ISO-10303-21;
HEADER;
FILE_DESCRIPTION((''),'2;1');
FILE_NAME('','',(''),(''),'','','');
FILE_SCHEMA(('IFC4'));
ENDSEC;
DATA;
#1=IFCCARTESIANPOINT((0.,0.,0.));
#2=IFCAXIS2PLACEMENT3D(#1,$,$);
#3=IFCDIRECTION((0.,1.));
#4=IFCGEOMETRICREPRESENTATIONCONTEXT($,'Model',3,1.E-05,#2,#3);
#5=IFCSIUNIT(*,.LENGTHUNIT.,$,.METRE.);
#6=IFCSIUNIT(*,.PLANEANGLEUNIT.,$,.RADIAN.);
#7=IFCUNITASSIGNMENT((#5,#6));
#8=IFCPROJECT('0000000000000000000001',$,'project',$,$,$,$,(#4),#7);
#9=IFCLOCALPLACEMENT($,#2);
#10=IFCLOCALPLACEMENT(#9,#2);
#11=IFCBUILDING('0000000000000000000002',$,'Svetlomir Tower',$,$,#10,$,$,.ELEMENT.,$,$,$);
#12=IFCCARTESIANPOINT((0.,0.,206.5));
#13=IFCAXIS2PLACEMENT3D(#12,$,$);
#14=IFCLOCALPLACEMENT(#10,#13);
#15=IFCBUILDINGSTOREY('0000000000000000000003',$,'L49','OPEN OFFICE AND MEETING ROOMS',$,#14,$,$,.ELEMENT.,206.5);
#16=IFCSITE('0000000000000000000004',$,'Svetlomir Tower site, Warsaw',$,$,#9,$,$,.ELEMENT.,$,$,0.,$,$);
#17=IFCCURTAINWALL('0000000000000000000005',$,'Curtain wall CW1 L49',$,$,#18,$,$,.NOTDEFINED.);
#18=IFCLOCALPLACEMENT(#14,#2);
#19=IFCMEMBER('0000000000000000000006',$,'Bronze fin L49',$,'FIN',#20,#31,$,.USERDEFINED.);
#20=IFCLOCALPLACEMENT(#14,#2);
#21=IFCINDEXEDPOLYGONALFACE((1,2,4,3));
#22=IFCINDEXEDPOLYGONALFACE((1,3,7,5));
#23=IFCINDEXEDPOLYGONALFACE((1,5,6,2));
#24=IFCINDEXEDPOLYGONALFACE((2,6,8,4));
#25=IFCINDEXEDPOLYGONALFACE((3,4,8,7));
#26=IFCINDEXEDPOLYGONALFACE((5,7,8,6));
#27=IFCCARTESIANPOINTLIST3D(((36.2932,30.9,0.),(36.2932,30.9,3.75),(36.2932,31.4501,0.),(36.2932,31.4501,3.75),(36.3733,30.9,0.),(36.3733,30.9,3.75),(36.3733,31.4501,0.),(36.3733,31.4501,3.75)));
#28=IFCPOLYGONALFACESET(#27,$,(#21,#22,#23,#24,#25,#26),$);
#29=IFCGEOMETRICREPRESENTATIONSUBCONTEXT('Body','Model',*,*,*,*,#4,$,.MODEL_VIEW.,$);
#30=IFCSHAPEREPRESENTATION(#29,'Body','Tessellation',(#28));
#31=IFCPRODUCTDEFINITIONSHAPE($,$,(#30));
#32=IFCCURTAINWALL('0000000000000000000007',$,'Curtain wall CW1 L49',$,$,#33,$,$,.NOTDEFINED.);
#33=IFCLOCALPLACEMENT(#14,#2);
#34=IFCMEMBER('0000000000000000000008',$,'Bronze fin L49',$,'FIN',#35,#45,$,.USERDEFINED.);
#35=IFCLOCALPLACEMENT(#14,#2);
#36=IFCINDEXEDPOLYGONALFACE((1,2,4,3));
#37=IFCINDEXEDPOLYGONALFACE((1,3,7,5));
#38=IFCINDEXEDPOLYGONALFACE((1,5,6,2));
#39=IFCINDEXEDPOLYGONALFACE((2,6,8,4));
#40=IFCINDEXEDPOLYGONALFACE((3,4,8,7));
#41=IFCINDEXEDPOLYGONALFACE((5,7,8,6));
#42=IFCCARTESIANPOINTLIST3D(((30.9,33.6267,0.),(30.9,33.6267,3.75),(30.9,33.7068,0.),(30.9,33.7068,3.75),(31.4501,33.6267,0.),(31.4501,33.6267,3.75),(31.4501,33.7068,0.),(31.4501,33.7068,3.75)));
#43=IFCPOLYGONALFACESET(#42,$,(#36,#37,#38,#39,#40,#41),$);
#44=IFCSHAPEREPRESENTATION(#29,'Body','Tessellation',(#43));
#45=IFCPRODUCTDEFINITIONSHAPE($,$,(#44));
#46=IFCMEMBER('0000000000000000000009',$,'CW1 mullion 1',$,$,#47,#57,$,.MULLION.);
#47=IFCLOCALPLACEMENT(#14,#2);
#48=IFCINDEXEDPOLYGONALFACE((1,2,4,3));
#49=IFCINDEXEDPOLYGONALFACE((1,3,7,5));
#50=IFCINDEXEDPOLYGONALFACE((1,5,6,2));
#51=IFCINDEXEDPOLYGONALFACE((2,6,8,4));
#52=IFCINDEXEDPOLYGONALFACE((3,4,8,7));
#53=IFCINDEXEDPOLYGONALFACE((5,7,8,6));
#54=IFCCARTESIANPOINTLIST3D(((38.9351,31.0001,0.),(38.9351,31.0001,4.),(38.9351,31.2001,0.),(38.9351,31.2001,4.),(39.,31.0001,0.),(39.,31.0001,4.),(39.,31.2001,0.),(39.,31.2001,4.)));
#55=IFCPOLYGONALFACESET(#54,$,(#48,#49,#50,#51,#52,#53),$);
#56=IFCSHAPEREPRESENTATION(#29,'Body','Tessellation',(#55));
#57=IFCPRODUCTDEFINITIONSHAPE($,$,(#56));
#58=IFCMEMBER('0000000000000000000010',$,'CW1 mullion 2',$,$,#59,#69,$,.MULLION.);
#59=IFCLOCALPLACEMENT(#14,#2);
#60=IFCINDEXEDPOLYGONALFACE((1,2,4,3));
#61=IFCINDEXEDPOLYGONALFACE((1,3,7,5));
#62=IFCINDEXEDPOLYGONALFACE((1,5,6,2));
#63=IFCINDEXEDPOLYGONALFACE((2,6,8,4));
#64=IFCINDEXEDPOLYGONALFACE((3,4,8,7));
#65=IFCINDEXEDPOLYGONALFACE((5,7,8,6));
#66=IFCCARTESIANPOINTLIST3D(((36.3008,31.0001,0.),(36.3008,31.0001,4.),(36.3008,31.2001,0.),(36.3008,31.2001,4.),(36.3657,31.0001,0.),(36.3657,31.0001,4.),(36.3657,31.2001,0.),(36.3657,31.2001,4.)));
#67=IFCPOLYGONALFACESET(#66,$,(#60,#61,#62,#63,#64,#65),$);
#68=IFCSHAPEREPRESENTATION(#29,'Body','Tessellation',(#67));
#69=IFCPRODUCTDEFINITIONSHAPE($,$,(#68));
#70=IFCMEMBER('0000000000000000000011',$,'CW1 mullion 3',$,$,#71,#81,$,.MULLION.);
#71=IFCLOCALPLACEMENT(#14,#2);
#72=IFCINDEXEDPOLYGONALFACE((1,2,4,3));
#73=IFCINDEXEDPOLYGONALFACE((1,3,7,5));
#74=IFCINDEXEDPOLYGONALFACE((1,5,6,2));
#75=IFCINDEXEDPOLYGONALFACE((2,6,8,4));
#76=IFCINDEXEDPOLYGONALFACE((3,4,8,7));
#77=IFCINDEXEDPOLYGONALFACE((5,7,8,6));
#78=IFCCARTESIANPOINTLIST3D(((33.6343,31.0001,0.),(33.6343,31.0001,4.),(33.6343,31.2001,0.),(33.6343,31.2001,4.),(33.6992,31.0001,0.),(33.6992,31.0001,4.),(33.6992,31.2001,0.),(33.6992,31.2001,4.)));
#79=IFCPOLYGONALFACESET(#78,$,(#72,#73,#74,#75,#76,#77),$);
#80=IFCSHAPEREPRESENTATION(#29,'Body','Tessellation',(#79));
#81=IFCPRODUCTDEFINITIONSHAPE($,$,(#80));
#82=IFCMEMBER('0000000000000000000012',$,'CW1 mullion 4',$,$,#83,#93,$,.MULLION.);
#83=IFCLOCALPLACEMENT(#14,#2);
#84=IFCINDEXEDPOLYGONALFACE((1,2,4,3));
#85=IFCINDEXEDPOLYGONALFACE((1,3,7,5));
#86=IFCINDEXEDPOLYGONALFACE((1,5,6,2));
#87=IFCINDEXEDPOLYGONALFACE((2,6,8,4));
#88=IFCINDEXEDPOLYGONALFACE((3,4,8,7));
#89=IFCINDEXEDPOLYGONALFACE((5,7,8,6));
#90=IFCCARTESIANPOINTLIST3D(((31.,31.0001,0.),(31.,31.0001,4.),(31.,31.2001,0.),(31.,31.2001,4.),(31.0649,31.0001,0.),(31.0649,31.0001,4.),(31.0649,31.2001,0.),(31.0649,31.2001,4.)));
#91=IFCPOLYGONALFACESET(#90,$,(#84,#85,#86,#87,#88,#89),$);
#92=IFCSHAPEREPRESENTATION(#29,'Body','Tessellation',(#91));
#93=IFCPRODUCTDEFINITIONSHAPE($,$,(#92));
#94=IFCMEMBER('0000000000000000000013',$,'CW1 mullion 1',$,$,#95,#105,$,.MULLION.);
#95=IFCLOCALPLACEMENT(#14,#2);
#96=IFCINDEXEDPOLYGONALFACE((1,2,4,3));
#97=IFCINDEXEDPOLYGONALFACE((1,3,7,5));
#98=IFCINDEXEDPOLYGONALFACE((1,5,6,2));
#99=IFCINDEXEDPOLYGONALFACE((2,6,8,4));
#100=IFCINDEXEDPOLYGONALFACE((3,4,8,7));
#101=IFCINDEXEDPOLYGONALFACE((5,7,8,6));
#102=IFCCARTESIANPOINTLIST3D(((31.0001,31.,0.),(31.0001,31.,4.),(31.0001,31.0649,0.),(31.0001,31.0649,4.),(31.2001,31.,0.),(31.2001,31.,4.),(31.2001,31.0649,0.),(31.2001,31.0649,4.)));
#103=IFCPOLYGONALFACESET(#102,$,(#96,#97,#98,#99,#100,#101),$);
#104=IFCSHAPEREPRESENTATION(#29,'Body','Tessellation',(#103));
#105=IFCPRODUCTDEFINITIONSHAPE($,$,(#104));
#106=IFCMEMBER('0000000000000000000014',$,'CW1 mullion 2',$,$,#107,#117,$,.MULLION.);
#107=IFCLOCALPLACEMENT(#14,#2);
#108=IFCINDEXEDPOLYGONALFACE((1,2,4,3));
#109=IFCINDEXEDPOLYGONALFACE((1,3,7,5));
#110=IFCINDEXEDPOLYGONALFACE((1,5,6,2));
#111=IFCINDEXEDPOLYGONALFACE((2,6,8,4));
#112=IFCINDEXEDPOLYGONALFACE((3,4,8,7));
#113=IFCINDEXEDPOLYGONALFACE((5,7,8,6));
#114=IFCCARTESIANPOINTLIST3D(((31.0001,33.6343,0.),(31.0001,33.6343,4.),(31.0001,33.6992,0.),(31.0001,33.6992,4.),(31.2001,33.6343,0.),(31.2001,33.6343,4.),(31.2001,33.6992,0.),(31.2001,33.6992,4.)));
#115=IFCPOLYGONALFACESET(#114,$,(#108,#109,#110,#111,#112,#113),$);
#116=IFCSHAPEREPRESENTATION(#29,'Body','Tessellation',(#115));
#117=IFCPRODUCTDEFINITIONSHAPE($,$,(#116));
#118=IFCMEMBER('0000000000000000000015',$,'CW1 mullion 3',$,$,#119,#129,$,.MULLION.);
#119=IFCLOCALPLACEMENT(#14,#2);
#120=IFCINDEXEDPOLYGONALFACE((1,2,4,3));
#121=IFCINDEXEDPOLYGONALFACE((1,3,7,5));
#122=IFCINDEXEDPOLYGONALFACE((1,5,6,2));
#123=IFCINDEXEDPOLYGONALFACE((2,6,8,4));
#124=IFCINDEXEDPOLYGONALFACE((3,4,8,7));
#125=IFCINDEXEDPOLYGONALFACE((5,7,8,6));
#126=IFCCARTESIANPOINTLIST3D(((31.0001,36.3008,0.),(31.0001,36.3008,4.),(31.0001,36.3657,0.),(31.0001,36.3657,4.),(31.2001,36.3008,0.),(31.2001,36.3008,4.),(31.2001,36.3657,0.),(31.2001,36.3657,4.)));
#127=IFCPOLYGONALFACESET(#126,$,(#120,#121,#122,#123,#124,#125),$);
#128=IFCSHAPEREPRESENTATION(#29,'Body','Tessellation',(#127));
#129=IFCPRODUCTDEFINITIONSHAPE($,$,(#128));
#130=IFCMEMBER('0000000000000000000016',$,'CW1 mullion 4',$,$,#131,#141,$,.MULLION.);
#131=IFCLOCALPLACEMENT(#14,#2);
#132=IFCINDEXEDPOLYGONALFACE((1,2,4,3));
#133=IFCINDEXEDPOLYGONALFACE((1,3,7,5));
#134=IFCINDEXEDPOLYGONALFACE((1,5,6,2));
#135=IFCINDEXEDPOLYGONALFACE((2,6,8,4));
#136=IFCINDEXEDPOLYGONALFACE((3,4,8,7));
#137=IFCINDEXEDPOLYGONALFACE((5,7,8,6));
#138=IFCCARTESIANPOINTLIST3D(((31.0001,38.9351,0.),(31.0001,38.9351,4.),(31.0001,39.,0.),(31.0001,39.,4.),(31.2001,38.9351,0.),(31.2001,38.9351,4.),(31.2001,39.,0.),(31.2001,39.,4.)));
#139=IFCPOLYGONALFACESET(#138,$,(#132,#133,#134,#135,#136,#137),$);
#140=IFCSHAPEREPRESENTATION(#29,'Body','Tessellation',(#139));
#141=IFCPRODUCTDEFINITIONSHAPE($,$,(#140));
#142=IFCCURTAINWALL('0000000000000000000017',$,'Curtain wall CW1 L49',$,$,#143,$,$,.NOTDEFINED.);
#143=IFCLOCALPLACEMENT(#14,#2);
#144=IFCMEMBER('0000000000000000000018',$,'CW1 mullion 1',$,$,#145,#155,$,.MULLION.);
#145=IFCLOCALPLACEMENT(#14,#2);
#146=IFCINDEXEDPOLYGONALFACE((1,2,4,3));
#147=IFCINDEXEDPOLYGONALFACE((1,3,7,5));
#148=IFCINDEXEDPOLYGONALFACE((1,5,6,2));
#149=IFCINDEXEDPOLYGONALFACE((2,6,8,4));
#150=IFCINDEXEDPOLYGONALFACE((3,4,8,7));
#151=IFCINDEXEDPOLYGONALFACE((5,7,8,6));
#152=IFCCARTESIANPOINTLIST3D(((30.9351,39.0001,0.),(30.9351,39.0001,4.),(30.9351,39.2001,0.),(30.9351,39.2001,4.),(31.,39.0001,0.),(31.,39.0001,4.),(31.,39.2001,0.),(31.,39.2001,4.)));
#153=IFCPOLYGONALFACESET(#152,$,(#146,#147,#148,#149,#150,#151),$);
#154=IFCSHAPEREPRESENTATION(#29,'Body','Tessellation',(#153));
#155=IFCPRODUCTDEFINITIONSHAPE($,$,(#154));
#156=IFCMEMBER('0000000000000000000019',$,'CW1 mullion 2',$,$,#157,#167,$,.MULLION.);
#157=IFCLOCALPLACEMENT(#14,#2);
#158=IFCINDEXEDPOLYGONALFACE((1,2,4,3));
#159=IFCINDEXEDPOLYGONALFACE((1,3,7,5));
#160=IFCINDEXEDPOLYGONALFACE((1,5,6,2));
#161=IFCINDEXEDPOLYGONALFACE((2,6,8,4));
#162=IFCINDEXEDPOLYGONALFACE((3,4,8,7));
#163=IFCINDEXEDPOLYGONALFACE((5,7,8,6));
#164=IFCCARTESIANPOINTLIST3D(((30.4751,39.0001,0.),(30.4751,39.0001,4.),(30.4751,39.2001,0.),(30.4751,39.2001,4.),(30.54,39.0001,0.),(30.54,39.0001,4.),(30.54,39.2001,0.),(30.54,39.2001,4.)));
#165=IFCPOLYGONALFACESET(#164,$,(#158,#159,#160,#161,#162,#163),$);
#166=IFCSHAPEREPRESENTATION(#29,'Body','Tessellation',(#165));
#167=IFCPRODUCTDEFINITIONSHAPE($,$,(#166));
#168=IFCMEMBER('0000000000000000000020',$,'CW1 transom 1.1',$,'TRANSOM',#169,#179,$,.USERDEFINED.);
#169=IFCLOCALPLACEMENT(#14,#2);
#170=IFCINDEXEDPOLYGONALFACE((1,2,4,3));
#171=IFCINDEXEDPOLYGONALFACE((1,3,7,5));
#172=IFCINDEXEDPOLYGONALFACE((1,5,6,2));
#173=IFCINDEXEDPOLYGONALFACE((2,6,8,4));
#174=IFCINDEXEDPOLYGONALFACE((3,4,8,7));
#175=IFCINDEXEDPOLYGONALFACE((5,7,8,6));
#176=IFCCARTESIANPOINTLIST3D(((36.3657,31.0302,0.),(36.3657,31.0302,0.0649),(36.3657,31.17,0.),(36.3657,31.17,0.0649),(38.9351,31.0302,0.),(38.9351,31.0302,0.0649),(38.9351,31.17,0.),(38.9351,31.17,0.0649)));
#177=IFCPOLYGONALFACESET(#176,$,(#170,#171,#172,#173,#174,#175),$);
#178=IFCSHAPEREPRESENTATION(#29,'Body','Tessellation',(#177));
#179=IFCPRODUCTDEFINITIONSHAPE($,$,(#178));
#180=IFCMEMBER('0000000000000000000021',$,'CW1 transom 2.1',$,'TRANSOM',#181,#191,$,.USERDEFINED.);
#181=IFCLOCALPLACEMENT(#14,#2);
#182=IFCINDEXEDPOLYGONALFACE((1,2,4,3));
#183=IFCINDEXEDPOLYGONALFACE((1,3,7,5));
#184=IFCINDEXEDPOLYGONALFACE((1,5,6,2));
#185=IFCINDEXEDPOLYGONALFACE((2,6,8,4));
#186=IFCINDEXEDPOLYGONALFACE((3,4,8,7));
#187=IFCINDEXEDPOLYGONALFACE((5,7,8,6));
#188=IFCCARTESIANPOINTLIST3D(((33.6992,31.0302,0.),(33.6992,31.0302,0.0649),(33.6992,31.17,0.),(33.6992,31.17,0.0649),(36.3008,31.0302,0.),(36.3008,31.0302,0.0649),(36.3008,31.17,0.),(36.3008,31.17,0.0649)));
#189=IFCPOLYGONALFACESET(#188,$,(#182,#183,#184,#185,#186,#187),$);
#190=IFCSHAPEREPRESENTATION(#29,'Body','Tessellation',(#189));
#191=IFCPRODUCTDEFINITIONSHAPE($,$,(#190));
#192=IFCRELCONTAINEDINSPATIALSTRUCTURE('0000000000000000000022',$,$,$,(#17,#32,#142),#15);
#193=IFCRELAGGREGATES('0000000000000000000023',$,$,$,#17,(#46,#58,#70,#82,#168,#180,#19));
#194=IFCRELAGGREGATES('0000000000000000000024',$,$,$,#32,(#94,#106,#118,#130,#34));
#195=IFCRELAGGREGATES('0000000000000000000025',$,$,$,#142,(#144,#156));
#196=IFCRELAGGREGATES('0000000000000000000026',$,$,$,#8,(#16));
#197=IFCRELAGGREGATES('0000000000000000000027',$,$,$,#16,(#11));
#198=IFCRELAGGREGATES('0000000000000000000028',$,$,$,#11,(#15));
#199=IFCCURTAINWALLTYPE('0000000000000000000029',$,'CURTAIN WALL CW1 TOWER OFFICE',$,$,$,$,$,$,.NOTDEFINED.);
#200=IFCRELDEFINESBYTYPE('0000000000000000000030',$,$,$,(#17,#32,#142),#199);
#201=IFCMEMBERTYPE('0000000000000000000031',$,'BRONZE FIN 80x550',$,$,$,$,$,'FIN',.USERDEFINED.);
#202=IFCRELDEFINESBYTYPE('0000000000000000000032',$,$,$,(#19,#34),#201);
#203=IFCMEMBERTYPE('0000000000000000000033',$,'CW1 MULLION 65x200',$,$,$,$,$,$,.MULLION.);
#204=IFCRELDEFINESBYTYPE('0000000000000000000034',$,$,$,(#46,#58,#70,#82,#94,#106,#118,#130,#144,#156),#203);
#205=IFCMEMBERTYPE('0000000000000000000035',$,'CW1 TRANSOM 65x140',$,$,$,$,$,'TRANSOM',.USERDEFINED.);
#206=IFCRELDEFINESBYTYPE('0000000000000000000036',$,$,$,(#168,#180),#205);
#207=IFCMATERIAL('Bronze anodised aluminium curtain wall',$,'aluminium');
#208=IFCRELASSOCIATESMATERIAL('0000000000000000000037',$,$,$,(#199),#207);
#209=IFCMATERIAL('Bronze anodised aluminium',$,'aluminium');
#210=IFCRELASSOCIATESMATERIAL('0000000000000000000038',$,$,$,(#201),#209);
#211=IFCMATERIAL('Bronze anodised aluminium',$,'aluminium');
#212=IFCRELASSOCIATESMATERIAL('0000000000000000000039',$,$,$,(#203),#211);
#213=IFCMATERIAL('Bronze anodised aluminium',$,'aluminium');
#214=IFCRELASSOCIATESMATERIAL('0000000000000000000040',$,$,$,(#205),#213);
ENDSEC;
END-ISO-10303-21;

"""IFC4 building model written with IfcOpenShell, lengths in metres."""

from ifc_helpers import new_model, si_unit, direction, frame, origin, origin_2d, place, context, subcontext, project, spatial, rectangle, extrude, material, material_profile, profile_set, type_object, element, aggregate, save


model = new_model("IFC4")

# Units and contexts
model_context = context("Model", 3, precision=1e-05, world=origin(), true_north=direction((0.0, 1.0)))
body_context = subcontext(model_context, "Body", "Model", "MODEL_VIEW")
ifc_project = project(units=[si_unit("LENGTHUNIT", "METRE"), si_unit("PLANEANGLEUNIT", "RADIAN")], contexts=[model_context])

# Site, building, storey
site_placement = place(None, origin())
site = spatial("IfcSite", under=ifc_project, at=site_placement, Name="Svetlomir Tower site, Warsaw", CompositionType="ELEMENT", RefElevation=0.0)
building_placement = place(site_placement, origin())
building = spatial("IfcBuilding", under=site, at=building_placement, Name="Svetlomir Tower", CompositionType="ELEMENT")
storey_placement = place(building_placement, frame((0.0, 0.0, 206.5)))
storey = spatial("IfcBuildingStorey", under=building, at=storey_placement, Name="L49", Description="OPEN OFFICE AND MEETING ROOMS", CompositionType="ELEMENT", Elevation=206.5)

# Curtain walls, members
ifc_material_1 = material(Name="Bronze anodised aluminium curtain wall", Category="aluminium")
curtain_wall_type = type_object("IfcCurtainWallType", Name="CURTAIN WALL CW1 TOWER OFFICE", PredefinedType="NOTDEFINED", material=ifc_material_1)
curtain_wall_1_placement = place(storey_placement, origin())
curtain_wall_1 = element("IfcCurtainWall", 1, at=curtain_wall_1_placement, inside=storey, type_object=curtain_wall_type, Name="Curtain wall CW1 L49", PredefinedType="NOTDEFINED")
ifc_material_2 = material(Name="Bronze anodised aluminium", Category="aluminium")
ifc_material_profile_1 = material_profile(ifc_material_2, rectangle(XDim=0.0801, YDim=0.55, at=origin_2d()), Name="FIN 80x550")
ifc_profile_set_1 = profile_set([ifc_material_profile_1], Name="Bronze anodised aluminium 6063-T6")
member_type_1 = type_object("IfcMemberType", Name="BRONZE FIN 80x550", ElementType="FIN", PredefinedType="USERDEFINED", material=ifc_profile_set_1)
member_1_placement = place(storey_placement, frame((36.3333, 31.175, 0.0), z_axis=(0.0, 0.0, 1.0), x_axis=(1.0, 0.0, 0.0)))
member_1 = element("IfcMember", 2, at=member_1_placement, type_object=member_type_1, Name="Bronze fin L49", ObjectType="FIN", PredefinedType="USERDEFINED", context=body_context, shape_type="SweptSolid", body=[
    extrude(rectangle(XDim=0.0801, YDim=0.55, at=origin_2d()), origin(), (0.0, 0.0, 1.0), 3.75),
])
curtain_wall_2_placement = place(storey_placement, origin())
curtain_wall_2 = element("IfcCurtainWall", 3, at=curtain_wall_2_placement, inside=storey, type_object=curtain_wall_type, Name="Curtain wall CW1 L49", PredefinedType="NOTDEFINED")
member_2_placement = place(storey_placement, frame((31.175, 33.6667, 0.0), z_axis=(0.0, 0.0, 1.0), x_axis=(0.0, 1.0, 0.0)))
member_2 = element("IfcMember", 4, at=member_2_placement, type_object=member_type_1, Name="Bronze fin L49", ObjectType="FIN", PredefinedType="USERDEFINED", context=body_context, shape_type="SweptSolid", body=[
    extrude(rectangle(XDim=0.0801, YDim=0.55, at=origin_2d()), origin(), (0.0, 0.0, 1.0), 3.75),
])

# Members
ifc_material_3 = material(Name="Bronze anodised aluminium", Category="aluminium")
ifc_material_profile_2 = material_profile(ifc_material_3, rectangle(XDim=0.0649, YDim=0.2, at=origin_2d()), Name="AL 65x200")
ifc_profile_set_2 = profile_set([ifc_material_profile_2], Name="Bronze anodised aluminium 6063-T6")
member_type_2 = type_object("IfcMemberType", Name="CW1 MULLION 65x200", PredefinedType="MULLION", material=ifc_profile_set_2)
member_3_placement = place(storey_placement, frame((38.9675, 31.1001, 0.0), z_axis=(0.0, 0.0, 1.0), x_axis=(-1.0, 0.0, 0.0)))
member_3 = element("IfcMember", 5, at=member_3_placement, type_object=member_type_2, Name="CW1 mullion 1", PredefinedType="MULLION", context=body_context, shape_type="SweptSolid", body=[
    extrude(rectangle(XDim=0.0649, YDim=0.2, at=origin_2d()), origin(), (0.0, 0.0, 1.0), 4.0),
])
member_4_placement = place(storey_placement, frame((36.3333, 31.1001, 0.0), z_axis=(0.0, 0.0, 1.0), x_axis=(-1.0, 0.0, 0.0)))
member_4 = element("IfcMember", 6, at=member_4_placement, type_object=member_type_2, Name="CW1 mullion 2", PredefinedType="MULLION", context=body_context, shape_type="SweptSolid", body=[
    extrude(rectangle(XDim=0.0649, YDim=0.2, at=origin_2d()), origin(), (0.0, 0.0, 1.0), 4.0),
])
member_5_placement = place(storey_placement, frame((33.6667, 31.1001, 0.0), z_axis=(0.0, 0.0, 1.0), x_axis=(-1.0, 0.0, 0.0)))
member_5 = element("IfcMember", 7, at=member_5_placement, type_object=member_type_2, Name="CW1 mullion 3", PredefinedType="MULLION", context=body_context, shape_type="SweptSolid", body=[
    extrude(rectangle(XDim=0.0649, YDim=0.2, at=origin_2d()), origin(), (0.0, 0.0, 1.0), 4.0),
])
member_6_placement = place(storey_placement, frame((31.0325, 31.1001, 0.0), z_axis=(0.0, 0.0, 1.0), x_axis=(-1.0, 0.0, 0.0)))
member_6 = element("IfcMember", 8, at=member_6_placement, type_object=member_type_2, Name="CW1 mullion 4", PredefinedType="MULLION", context=body_context, shape_type="SweptSolid", body=[
    extrude(rectangle(XDim=0.0649, YDim=0.2, at=origin_2d()), origin(), (0.0, 0.0, 1.0), 4.0),
])
member_7_placement = place(storey_placement, frame((31.1001, 31.0325, 0.0), z_axis=(0.0, 0.0, 1.0), x_axis=(0.0, 1.0, 0.0)))
member_7 = element("IfcMember", 9, at=member_7_placement, type_object=member_type_2, Name="CW1 mullion 1", PredefinedType="MULLION", context=body_context, shape_type="SweptSolid", body=[
    extrude(rectangle(XDim=0.0649, YDim=0.2, at=origin_2d()), origin(), (0.0, 0.0, 1.0), 4.0),
])
member_8_placement = place(storey_placement, frame((31.1001, 33.6667, 0.0), z_axis=(0.0, 0.0, 1.0), x_axis=(0.0, 1.0, 0.0)))
member_8 = element("IfcMember", 10, at=member_8_placement, type_object=member_type_2, Name="CW1 mullion 2", PredefinedType="MULLION", context=body_context, shape_type="SweptSolid", body=[
    extrude(rectangle(XDim=0.0649, YDim=0.2, at=origin_2d()), origin(), (0.0, 0.0, 1.0), 4.0),
])
member_9_placement = place(storey_placement, frame((31.1001, 36.3333, 0.0), z_axis=(0.0, 0.0, 1.0), x_axis=(0.0, 1.0, 0.0)))
member_9 = element("IfcMember", 11, at=member_9_placement, type_object=member_type_2, Name="CW1 mullion 3", PredefinedType="MULLION", context=body_context, shape_type="SweptSolid", body=[
    extrude(rectangle(XDim=0.0649, YDim=0.2, at=origin_2d()), origin(), (0.0, 0.0, 1.0), 4.0),
])
member_10_placement = place(storey_placement, frame((31.1001, 38.9675, 0.0), z_axis=(0.0, 0.0, 1.0), x_axis=(0.0, 1.0, 0.0)))
member_10 = element("IfcMember", 12, at=member_10_placement, type_object=member_type_2, Name="CW1 mullion 4", PredefinedType="MULLION", context=body_context, shape_type="SweptSolid", body=[
    extrude(rectangle(XDim=0.0649, YDim=0.2, at=origin_2d()), origin(), (0.0, 0.0, 1.0), 4.0),
])

# Curtain wall, members
curtain_wall_3_placement = place(storey_placement, origin())
curtain_wall_3 = element("IfcCurtainWall", 13, at=curtain_wall_3_placement, inside=storey, type_object=curtain_wall_type, Name="Curtain wall CW1 L49", PredefinedType="NOTDEFINED")
member_11_placement = place(storey_placement, frame((30.9675, 39.1001, 0.0), z_axis=(0.0, 0.0, 1.0), x_axis=(-1.0, 0.0, 0.0)))
member_11 = element("IfcMember", 14, at=member_11_placement, type_object=member_type_2, Name="CW1 mullion 1", PredefinedType="MULLION", context=body_context, shape_type="SweptSolid", body=[
    extrude(rectangle(XDim=0.0649, YDim=0.2, at=origin_2d()), origin(), (0.0, 0.0, 1.0), 4.0),
])
member_12_placement = place(storey_placement, frame((30.5076, 39.1001, 0.0), z_axis=(0.0, 0.0, 1.0), x_axis=(-1.0, 0.0, 0.0)))
member_12 = element("IfcMember", 15, at=member_12_placement, type_object=member_type_2, Name="CW1 mullion 2", PredefinedType="MULLION", context=body_context, shape_type="SweptSolid", body=[
    extrude(rectangle(XDim=0.0649, YDim=0.2, at=origin_2d()), origin(), (0.0, 0.0, 1.0), 4.0),
])

# Members
ifc_material_4 = material(Name="Bronze anodised aluminium", Category="aluminium")
ifc_material_profile_3 = material_profile(ifc_material_4, rectangle(XDim=0.1399, YDim=0.0649, at=origin_2d()), Name="AL 140x65")
ifc_profile_set_3 = profile_set([ifc_material_profile_3], Name="Bronze anodised aluminium 6063-T6")
member_type_3 = type_object("IfcMemberType", Name="CW1 TRANSOM 65x140", ElementType="TRANSOM", PredefinedType="USERDEFINED", material=ifc_profile_set_3)
member_13_placement = place(storey_placement, frame((38.9351, 31.1001, 0.0325), z_axis=(-1.0, 0.0, 0.0), x_axis=(0.0, -1.0, 0.0)))
member_13 = element("IfcMember", 16, at=member_13_placement, type_object=member_type_3, Name="CW1 transom 1.1", ObjectType="TRANSOM", PredefinedType="USERDEFINED", context=body_context, shape_type="SweptSolid", body=[
    extrude(rectangle(XDim=0.1399, YDim=0.0649, at=origin_2d()), origin(), (0.0, 0.0, 1.0), 2.5693),
])
member_14_placement = place(storey_placement, frame((36.3008, 31.1001, 0.0325), z_axis=(-1.0, 0.0, 0.0), x_axis=(0.0, -1.0, 0.0)))
member_14 = element("IfcMember", 17, at=member_14_placement, type_object=member_type_3, Name="CW1 transom 2.1", ObjectType="TRANSOM", PredefinedType="USERDEFINED", context=body_context, shape_type="SweptSolid", body=[
    extrude(rectangle(XDim=0.1399, YDim=0.0649, at=origin_2d()), origin(), (0.0, 0.0, 1.0), 2.6016),
])

aggregate(curtain_wall_1, [member_3, member_4, member_5, member_6, member_13, member_14, member_1])
aggregate(curtain_wall_2, [member_7, member_8, member_9, member_10, member_2])
aggregate(curtain_wall_3, [member_11, member_12])

save(model, "model.ifc")
